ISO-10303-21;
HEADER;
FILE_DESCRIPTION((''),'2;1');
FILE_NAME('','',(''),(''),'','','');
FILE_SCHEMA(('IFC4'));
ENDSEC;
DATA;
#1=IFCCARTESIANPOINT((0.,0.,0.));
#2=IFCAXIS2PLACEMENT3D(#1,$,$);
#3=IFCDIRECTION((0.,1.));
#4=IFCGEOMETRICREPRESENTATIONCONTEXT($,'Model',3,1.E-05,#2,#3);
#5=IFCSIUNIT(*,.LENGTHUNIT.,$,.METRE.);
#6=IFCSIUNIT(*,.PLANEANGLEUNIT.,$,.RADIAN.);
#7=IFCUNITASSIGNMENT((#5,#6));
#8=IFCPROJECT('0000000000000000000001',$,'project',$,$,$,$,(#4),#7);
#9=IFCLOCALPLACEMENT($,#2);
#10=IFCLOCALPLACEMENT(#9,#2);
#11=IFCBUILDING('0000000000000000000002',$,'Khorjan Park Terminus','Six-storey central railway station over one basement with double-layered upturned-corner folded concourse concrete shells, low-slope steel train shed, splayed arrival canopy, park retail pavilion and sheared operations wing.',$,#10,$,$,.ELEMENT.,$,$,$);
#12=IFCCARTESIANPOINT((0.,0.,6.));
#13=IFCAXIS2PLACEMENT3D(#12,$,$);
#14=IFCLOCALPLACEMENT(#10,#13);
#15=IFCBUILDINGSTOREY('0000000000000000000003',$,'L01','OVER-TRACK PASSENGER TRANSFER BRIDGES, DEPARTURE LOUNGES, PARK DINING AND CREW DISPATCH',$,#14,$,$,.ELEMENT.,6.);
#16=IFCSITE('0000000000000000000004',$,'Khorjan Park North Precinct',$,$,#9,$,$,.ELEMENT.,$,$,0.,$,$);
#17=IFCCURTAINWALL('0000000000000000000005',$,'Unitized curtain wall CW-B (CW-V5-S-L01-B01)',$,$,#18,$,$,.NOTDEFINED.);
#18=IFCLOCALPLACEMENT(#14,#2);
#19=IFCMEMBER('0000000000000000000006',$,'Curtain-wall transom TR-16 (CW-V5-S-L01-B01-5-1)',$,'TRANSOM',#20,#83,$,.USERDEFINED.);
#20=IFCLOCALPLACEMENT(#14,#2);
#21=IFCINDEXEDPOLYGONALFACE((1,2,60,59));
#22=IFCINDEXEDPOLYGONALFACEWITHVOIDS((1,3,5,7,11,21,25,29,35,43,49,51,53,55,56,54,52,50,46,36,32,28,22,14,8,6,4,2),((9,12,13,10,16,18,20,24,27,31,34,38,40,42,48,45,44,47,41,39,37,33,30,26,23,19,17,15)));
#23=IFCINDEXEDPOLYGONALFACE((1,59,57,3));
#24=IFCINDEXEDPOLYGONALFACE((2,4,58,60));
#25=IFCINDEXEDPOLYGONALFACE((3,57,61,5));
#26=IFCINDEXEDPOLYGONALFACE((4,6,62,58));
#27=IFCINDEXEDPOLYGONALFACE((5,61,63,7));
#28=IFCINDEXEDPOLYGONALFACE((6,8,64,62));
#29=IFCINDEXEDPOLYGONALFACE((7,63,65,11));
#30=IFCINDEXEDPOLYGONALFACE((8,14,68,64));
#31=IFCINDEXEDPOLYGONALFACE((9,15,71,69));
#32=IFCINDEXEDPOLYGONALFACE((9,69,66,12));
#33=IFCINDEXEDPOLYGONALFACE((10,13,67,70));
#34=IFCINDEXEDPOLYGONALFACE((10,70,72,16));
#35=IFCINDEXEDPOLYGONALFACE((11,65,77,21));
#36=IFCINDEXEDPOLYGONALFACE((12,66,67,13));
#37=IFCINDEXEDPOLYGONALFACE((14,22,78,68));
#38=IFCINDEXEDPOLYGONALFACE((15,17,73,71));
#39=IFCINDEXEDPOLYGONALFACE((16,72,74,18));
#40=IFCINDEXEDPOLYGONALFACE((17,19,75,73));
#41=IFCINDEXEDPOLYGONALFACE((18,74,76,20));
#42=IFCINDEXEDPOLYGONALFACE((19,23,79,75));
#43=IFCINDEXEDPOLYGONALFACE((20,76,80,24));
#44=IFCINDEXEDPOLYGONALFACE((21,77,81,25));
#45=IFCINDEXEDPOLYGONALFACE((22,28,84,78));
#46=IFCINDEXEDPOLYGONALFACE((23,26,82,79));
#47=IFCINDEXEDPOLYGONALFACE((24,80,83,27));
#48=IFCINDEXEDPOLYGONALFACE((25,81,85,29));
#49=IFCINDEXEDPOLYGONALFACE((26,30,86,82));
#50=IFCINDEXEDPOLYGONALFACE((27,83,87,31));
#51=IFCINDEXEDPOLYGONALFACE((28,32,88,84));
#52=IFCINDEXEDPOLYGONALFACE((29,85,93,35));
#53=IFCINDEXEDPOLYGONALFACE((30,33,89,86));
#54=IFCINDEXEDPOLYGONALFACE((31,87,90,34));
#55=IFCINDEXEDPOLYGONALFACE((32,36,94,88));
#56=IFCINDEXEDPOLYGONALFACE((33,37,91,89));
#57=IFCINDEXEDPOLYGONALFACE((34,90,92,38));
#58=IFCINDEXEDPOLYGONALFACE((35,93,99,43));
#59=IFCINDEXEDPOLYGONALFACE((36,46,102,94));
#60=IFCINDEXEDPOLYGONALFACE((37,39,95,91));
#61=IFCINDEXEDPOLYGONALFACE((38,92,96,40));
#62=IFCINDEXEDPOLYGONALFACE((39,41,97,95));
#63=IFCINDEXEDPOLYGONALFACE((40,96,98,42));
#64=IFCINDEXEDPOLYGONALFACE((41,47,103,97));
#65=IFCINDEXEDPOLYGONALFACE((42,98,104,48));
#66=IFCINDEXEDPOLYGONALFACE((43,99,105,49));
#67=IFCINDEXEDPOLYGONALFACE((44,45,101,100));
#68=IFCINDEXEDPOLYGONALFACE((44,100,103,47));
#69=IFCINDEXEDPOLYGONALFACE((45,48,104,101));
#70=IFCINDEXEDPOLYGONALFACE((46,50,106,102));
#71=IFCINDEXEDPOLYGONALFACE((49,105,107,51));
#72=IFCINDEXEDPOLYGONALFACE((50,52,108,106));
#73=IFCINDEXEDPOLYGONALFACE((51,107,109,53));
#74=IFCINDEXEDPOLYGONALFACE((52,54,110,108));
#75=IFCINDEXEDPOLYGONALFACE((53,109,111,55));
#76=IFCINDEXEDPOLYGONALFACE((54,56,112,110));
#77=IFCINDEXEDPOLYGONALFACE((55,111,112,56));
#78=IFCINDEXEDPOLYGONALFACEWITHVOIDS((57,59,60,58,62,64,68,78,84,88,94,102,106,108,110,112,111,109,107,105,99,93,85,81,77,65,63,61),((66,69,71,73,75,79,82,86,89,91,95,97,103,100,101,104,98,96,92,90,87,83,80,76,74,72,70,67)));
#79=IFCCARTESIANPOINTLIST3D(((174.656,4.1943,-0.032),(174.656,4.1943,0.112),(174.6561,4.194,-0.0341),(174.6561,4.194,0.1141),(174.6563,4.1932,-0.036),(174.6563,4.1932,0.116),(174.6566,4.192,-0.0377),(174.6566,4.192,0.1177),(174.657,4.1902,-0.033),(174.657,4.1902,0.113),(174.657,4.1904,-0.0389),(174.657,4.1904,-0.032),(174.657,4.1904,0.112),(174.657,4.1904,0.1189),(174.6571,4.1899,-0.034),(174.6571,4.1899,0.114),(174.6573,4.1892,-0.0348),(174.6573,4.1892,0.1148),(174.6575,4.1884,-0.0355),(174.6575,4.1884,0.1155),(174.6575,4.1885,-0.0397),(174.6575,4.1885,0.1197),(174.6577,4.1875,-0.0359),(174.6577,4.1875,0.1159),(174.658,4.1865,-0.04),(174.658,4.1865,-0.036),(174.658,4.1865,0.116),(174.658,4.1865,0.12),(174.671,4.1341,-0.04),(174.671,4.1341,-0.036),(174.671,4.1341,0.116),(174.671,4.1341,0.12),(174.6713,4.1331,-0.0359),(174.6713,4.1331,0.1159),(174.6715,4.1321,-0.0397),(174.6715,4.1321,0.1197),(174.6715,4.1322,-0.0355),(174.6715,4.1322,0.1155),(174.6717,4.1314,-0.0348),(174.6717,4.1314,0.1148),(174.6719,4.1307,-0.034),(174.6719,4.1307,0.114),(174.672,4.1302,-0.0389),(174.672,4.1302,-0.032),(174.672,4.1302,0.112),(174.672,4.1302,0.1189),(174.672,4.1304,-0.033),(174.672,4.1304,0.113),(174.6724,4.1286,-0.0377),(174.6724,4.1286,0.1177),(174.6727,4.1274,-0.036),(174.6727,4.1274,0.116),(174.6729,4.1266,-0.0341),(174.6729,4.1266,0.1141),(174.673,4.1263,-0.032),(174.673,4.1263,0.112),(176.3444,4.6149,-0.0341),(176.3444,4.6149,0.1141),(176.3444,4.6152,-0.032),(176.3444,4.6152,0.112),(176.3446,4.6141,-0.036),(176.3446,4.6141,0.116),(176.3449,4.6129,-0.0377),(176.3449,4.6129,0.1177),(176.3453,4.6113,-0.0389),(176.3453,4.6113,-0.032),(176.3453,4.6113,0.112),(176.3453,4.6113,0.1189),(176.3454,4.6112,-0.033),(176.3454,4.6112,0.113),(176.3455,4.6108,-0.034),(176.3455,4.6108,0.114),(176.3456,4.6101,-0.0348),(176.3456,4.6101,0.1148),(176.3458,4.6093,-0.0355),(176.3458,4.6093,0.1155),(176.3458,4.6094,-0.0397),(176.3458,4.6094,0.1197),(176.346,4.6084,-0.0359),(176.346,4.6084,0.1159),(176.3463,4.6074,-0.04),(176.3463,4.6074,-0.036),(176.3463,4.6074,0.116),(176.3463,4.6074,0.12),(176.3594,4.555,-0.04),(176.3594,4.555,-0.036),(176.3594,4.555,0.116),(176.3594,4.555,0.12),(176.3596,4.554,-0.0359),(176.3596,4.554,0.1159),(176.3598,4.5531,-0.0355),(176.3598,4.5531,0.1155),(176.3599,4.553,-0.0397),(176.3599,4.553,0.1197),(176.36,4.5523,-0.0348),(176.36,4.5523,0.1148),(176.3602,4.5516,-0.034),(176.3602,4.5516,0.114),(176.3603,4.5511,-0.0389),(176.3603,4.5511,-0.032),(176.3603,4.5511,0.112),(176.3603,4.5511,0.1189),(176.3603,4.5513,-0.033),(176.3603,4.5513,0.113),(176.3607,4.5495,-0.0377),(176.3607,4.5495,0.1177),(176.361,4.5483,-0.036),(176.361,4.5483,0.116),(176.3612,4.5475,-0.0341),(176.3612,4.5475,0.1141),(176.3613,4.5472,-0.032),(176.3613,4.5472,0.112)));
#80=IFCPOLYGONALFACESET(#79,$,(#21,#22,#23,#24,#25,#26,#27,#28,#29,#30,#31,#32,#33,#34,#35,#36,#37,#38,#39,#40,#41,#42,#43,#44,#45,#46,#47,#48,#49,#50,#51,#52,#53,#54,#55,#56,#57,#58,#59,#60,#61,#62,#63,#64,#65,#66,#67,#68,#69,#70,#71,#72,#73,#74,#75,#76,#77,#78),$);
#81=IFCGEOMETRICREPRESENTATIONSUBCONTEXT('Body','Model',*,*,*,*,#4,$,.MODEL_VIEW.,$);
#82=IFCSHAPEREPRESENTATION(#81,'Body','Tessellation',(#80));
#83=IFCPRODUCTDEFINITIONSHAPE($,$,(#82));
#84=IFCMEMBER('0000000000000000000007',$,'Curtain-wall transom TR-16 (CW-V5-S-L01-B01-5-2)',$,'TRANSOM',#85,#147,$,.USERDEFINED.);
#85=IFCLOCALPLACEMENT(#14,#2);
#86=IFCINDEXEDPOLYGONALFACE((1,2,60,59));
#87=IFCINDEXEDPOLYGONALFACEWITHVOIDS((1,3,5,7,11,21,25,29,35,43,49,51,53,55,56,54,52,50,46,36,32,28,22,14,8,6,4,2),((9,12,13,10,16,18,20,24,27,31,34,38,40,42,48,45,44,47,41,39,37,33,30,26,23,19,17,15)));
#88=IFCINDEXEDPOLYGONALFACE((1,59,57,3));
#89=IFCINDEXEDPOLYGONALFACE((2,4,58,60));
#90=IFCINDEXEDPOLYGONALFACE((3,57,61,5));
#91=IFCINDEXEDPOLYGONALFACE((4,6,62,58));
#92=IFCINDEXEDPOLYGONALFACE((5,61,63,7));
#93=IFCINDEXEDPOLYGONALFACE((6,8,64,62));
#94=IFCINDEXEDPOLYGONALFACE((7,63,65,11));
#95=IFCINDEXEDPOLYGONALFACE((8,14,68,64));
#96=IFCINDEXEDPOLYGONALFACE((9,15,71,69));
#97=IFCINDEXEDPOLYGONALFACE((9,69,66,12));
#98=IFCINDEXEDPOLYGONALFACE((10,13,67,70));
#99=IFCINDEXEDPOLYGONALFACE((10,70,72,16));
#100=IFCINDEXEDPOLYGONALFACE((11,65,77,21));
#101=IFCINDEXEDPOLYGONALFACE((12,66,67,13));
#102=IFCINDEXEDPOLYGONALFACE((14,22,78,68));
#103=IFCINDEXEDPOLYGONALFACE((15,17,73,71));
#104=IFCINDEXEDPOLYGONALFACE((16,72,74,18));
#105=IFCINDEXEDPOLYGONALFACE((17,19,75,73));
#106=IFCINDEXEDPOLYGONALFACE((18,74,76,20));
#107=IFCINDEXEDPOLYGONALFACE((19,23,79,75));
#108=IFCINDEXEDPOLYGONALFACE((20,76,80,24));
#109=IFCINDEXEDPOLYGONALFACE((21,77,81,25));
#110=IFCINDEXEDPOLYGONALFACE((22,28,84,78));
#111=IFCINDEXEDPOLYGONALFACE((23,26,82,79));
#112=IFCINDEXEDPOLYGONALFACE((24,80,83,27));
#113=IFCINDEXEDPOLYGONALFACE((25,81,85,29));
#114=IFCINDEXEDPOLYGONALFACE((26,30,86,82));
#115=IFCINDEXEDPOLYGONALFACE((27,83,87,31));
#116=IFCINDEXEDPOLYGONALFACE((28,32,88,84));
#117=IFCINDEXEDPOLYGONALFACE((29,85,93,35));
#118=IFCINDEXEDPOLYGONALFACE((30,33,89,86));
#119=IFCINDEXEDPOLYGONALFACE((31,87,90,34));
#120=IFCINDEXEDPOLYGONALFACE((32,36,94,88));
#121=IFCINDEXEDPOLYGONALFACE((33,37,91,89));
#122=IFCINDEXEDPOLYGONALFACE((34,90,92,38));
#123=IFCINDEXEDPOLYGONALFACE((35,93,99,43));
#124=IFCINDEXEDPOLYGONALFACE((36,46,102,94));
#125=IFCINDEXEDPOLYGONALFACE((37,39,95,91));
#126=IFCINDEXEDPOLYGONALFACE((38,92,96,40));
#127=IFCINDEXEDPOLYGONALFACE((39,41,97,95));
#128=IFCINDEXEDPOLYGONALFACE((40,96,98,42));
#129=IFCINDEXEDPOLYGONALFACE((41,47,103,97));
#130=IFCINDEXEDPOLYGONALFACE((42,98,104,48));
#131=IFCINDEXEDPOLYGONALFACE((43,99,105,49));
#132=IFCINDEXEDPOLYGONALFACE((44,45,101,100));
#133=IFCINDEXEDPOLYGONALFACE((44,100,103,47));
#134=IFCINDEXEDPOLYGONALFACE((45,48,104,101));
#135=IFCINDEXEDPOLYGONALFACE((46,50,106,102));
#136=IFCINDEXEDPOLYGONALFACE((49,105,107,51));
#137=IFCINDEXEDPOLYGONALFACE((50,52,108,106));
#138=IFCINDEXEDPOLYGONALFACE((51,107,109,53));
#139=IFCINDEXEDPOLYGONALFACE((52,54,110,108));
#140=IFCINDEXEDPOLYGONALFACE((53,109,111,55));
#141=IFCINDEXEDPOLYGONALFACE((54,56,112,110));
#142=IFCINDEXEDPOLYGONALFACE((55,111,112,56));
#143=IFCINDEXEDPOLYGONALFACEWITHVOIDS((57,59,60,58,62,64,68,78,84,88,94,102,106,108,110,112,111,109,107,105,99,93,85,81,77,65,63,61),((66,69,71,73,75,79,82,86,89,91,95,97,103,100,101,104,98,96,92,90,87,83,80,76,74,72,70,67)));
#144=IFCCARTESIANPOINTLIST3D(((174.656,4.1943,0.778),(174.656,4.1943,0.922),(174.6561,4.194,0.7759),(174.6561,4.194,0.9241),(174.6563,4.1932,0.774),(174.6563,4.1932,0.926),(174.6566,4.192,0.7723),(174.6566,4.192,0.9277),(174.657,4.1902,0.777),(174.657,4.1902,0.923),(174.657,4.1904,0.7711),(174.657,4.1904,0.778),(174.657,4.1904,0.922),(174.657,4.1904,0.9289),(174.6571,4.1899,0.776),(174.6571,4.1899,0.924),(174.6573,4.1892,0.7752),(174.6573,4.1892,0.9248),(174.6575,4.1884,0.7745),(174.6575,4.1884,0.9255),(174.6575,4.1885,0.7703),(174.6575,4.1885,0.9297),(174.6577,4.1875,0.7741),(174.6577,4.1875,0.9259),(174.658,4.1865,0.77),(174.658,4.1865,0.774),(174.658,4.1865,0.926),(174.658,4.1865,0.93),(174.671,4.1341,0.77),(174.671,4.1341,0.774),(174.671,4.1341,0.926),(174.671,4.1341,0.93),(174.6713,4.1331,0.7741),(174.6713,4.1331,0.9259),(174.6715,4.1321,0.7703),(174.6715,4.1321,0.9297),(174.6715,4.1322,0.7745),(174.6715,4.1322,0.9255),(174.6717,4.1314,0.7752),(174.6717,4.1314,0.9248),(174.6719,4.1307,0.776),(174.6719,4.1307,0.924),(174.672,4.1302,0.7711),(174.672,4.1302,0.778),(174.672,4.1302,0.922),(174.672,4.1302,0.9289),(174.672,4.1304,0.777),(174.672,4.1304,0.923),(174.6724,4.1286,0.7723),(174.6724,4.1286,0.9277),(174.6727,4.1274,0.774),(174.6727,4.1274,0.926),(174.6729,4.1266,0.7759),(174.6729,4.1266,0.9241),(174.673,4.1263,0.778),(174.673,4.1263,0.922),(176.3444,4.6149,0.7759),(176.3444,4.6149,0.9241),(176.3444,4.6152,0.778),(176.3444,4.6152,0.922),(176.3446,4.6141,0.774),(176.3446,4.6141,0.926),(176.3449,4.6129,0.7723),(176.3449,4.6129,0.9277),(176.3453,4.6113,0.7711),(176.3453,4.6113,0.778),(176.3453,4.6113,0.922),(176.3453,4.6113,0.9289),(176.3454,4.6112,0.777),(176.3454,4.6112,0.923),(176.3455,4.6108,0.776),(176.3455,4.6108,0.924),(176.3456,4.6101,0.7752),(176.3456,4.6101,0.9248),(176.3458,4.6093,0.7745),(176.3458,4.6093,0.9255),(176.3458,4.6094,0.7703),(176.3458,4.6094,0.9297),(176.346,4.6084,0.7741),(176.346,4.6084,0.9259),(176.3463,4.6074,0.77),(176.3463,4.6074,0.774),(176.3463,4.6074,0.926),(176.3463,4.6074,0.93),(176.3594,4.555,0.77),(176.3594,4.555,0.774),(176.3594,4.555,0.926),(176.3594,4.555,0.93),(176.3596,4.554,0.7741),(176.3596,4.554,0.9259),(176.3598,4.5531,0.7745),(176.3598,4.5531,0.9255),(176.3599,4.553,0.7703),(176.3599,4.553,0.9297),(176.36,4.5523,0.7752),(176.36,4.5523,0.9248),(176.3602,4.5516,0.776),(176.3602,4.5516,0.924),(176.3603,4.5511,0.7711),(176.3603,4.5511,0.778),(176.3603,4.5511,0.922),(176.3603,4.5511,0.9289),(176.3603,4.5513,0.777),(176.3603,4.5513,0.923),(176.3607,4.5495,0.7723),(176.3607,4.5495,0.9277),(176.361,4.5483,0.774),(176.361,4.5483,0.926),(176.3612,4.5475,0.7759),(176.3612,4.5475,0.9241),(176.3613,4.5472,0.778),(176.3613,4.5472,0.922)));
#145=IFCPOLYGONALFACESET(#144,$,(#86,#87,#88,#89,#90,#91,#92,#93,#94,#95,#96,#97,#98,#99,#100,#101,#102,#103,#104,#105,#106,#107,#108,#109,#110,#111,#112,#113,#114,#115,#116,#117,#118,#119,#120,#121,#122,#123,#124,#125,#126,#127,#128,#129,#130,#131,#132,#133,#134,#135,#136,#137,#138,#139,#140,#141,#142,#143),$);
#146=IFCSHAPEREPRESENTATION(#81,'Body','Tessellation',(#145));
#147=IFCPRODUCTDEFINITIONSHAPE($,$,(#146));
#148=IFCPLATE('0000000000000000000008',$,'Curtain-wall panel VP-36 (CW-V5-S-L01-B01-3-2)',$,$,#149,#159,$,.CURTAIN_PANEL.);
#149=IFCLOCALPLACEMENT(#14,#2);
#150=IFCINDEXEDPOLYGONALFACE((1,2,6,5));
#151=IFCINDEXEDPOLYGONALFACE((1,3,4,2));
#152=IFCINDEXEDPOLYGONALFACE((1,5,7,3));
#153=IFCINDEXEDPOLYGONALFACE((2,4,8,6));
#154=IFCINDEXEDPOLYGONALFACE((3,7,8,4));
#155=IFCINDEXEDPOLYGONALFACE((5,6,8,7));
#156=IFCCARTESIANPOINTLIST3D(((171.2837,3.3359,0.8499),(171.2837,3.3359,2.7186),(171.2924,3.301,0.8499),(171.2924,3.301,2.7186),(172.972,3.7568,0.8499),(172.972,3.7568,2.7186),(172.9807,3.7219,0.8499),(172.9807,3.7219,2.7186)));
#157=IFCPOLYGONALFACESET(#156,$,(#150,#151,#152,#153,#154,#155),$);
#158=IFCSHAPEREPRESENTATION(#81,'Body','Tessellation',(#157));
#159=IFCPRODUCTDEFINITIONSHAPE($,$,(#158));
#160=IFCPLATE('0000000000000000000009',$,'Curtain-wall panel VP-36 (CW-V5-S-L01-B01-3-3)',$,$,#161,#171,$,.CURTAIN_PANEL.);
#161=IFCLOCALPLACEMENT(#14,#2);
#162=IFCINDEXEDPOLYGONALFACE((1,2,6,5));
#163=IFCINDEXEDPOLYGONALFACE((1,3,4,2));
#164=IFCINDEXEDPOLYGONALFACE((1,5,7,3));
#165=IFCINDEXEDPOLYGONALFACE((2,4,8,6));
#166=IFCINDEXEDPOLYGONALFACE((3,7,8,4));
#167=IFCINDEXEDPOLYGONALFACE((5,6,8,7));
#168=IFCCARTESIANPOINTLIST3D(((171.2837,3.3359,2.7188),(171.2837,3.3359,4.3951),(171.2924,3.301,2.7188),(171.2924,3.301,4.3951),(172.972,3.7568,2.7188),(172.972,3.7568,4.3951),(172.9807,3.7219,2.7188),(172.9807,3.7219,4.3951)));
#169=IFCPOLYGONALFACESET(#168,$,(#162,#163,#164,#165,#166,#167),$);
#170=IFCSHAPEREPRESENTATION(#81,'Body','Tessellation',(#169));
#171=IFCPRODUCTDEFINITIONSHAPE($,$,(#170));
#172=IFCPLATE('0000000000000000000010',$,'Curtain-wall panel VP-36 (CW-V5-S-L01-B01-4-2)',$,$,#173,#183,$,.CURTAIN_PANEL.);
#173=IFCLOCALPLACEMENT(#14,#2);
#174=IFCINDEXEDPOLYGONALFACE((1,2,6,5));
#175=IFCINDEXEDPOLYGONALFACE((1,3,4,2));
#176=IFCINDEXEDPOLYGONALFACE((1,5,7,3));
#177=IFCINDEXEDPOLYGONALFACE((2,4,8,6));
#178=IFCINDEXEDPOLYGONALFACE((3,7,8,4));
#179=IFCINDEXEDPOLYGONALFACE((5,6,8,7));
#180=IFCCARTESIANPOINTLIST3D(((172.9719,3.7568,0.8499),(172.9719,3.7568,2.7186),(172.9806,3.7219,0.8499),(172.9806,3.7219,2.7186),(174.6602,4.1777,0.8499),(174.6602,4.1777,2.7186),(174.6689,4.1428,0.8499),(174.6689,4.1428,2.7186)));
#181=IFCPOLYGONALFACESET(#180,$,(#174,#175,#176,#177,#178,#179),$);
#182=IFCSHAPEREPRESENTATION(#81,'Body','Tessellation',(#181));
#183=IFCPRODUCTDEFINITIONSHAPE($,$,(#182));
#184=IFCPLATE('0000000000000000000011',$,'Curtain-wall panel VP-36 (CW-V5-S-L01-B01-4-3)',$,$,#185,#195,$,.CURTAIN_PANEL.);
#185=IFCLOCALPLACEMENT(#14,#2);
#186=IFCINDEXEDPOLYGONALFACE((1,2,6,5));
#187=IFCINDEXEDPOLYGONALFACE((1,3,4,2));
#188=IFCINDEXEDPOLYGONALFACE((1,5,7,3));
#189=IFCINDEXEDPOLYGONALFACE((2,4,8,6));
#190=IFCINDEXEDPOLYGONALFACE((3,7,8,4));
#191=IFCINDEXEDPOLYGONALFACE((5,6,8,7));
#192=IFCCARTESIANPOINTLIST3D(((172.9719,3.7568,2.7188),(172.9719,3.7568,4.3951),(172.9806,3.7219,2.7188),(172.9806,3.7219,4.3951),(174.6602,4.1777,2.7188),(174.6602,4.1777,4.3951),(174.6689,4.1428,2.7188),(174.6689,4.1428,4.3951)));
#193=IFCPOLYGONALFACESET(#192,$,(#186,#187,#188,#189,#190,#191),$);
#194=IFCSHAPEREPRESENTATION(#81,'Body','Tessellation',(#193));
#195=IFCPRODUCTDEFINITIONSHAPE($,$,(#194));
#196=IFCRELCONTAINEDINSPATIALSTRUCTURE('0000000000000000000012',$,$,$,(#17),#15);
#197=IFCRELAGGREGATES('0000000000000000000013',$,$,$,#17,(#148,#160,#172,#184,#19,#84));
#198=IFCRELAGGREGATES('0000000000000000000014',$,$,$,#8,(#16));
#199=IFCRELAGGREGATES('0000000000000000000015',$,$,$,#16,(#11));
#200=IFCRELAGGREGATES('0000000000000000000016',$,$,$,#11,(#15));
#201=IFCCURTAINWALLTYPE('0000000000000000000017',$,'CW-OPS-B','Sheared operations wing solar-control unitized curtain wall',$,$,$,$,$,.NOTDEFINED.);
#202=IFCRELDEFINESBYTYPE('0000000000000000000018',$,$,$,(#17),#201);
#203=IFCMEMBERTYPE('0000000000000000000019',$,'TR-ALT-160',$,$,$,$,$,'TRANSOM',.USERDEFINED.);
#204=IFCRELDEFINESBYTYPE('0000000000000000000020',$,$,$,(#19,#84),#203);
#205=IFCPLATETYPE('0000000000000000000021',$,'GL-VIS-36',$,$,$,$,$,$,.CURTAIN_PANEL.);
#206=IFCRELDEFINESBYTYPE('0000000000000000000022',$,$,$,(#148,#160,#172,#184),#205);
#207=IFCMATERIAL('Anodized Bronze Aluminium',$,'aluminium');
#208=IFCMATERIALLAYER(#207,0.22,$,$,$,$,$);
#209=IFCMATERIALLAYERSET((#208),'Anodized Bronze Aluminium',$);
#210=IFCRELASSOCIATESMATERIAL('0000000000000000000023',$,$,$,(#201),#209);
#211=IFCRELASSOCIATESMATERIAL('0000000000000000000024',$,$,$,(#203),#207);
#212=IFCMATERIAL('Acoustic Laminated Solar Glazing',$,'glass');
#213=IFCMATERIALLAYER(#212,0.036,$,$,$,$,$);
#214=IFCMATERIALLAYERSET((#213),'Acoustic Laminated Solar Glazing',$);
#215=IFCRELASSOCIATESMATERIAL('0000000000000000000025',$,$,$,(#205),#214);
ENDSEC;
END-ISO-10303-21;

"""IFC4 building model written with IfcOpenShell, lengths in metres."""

from ifc_helpers import new_model, si_unit, direction, frame, origin, origin_2d, place, context, subcontext, project, spatial, rectangle, hollow_rectangle, extrude, material, layer, layer_set, material_profile, profile_set, type_object, element, aggregate, save


model = new_model("IFC4")

# Units and contexts
model_context = context("Model", 3, precision=1e-05, world=origin(), true_north=direction((0.0, 1.0)))
body_context = subcontext(model_context, "Body", "Model", "MODEL_VIEW")
ifc_project = project(units=[si_unit("LENGTHUNIT", "METRE"), si_unit("PLANEANGLEUNIT", "RADIAN")], contexts=[model_context])

# Site, building, storey
site_placement = place(None, origin())
site = spatial("IfcSite", under=ifc_project, at=site_placement, Name="Khorjan Park North Precinct", CompositionType="ELEMENT", RefElevation=0.0)
building_placement = place(site_placement, origin())
building = spatial("IfcBuilding", under=site, at=building_placement, Name="Khorjan Park Terminus", Description="Six-storey central railway station over one basement with double-layered upturned-corner folded concourse concrete shells, low-slope steel train shed, splayed arrival canopy, park retail pavilion and sheared operations wing.", CompositionType="ELEMENT")
storey_placement = place(building_placement, frame((0.0, 0.0, 6.0)))
storey = spatial("IfcBuildingStorey", under=building, at=storey_placement, Name="L01", Description="OVER-TRACK PASSENGER TRANSFER BRIDGES, DEPARTURE LOUNGES, PARK DINING AND CREW DISPATCH", CompositionType="ELEMENT", Elevation=6.0)

# Curtain wall, members, plates
ifc_material_1 = material(Name="Anodized Bronze Aluminium", Category="aluminium")
ifc_layer_1 = layer(ifc_material_1, 0.22)
ifc_layer_set_1 = layer_set([ifc_layer_1], Name="Anodized Bronze Aluminium")
curtain_wall_type = type_object("IfcCurtainWallType", Name="CW-OPS-B", Description="Sheared operations wing solar-control unitized curtain wall", PredefinedType="NOTDEFINED", material=ifc_layer_set_1)
curtain_wall_placement = place(storey_placement, origin())
curtain_wall = element("IfcCurtainWall", 1, at=curtain_wall_placement, inside=storey, type_object=curtain_wall_type, Name="Unitized curtain wall CW-B (CW-V5-S-L01-B01)", PredefinedType="NOTDEFINED")
ifc_material_profile_1 = material_profile(ifc_material_1, hollow_rectangle(XDim=0.07, YDim=0.16, WallThickness=0.004, InnerFilletRadius=0.004, OuterFilletRadius=0.008, at=origin_2d()), Name="ALT 70x160x4")
ifc_profile_set_1 = profile_set([ifc_material_profile_1], Name="Anodized Bronze Aluminium")
member_type_1 = type_object("IfcMemberType", Name="TR-ALT-160", ElementType="TRANSOM", PredefinedType="USERDEFINED", material=ifc_profile_set_1)
member_1_placement = place(storey_placement, frame((174.6645, 4.1603, 0.04), z_axis=(0.970301, 0.2419, 0.0), x_axis=(-0.2419, 0.970301, 0.0)))
member_1 = element("IfcMember", 2, at=member_1_placement, type_object=member_type_1, Name="Curtain-wall transom TR-16 (CW-V5-S-L01-B01-5-1)", ObjectType="TRANSOM", PredefinedType="USERDEFINED", context=body_context, shape_type="SweptSolid", body=[
    extrude(hollow_rectangle(XDim=0.07, YDim=0.16, WallThickness=0.004, InnerFilletRadius=0.004, OuterFilletRadius=0.008, at=origin_2d()), origin(), (0.0, 0.0, 1.0), 1.74),
])
member_2_placement = place(storey_placement, frame((174.6645, 4.1603, 0.85), z_axis=(0.970301, 0.2419, 0.0), x_axis=(-0.2419, 0.970301, 0.0)))
member_2 = element("IfcMember", 3, at=member_2_placement, type_object=member_type_1, Name="Curtain-wall transom TR-16 (CW-V5-S-L01-B01-5-2)", ObjectType="TRANSOM", PredefinedType="USERDEFINED", context=body_context, shape_type="SweptSolid", body=[
    extrude(hollow_rectangle(XDim=0.07, YDim=0.16, WallThickness=0.004, InnerFilletRadius=0.004, OuterFilletRadius=0.008, at=origin_2d()), origin(), (0.0, 0.0, 1.0), 1.74),
])
ifc_material_2 = material(Name="Acoustic Laminated Solar Glazing", Category="glass")
ifc_layer_2 = layer(ifc_material_2, 0.036)
ifc_layer_set_2 = layer_set([ifc_layer_2], Name="Acoustic Laminated Solar Glazing")
plate_type_1 = type_object("IfcPlateType", Name="GL-VIS-36", PredefinedType="CURTAIN_PANEL", material=ifc_layer_set_2)
plate_1_placement = place(storey_placement, frame((172.1322, 3.5289, 0.8499), z_axis=(0.0, 0.0, 1.0), x_axis=(0.970296, 0.241923, 0.0)))
plate_1 = element("IfcPlate", 4, at=plate_1_placement, type_object=plate_type_1, Name="Curtain-wall panel VP-36 (CW-V5-S-L01-B01-3-2)", PredefinedType="CURTAIN_PANEL", context=body_context, shape_type="SweptSolid", body=[
    extrude(rectangle(XDim=1.74, YDim=0.036, at=origin_2d()), origin(), (0.0, 0.0, 1.0), 1.8687),
])
plate_2_placement = place(storey_placement, frame((172.1322, 3.5289, 2.7188), z_axis=(0.0, 0.0, 1.0), x_axis=(0.970296, 0.241923, 0.0)))
plate_2 = element("IfcPlate", 5, at=plate_2_placement, type_object=plate_type_1, Name="Curtain-wall panel VP-36 (CW-V5-S-L01-B01-3-3)", PredefinedType="CURTAIN_PANEL", context=body_context, shape_type="SweptSolid", body=[
    extrude(rectangle(XDim=1.74, YDim=0.036, at=origin_2d()), origin(), (0.0, 0.0, 1.0), 1.6763),
])
plate_3_placement = place(storey_placement, frame((173.8204, 3.9498, 0.8499), z_axis=(0.0, 0.0, 1.0), x_axis=(0.970296, 0.241923, 0.0)))
plate_3 = element("IfcPlate", 6, at=plate_3_placement, type_object=plate_type_1, Name="Curtain-wall panel VP-36 (CW-V5-S-L01-B01-4-2)", PredefinedType="CURTAIN_PANEL", context=body_context, shape_type="SweptSolid", body=[
    extrude(rectangle(XDim=1.74, YDim=0.036, at=origin_2d()), origin(), (0.0, 0.0, 1.0), 1.8687),
])
plate_4_placement = place(storey_placement, frame((173.8204, 3.9498, 2.7188), z_axis=(0.0, 0.0, 1.0), x_axis=(0.970296, 0.241923, 0.0)))
plate_4 = element("IfcPlate", 7, at=plate_4_placement, type_object=plate_type_1, Name="Curtain-wall panel VP-36 (CW-V5-S-L01-B01-4-3)", PredefinedType="CURTAIN_PANEL", context=body_context, shape_type="SweptSolid", body=[
    extrude(rectangle(XDim=1.74, YDim=0.036, at=origin_2d()), origin(), (0.0, 0.0, 1.0), 1.6763),
])
aggregate(curtain_wall, [plate_1, plate_2, plate_3, plate_4, member_1, member_2])

save(model, "model.ifc")
